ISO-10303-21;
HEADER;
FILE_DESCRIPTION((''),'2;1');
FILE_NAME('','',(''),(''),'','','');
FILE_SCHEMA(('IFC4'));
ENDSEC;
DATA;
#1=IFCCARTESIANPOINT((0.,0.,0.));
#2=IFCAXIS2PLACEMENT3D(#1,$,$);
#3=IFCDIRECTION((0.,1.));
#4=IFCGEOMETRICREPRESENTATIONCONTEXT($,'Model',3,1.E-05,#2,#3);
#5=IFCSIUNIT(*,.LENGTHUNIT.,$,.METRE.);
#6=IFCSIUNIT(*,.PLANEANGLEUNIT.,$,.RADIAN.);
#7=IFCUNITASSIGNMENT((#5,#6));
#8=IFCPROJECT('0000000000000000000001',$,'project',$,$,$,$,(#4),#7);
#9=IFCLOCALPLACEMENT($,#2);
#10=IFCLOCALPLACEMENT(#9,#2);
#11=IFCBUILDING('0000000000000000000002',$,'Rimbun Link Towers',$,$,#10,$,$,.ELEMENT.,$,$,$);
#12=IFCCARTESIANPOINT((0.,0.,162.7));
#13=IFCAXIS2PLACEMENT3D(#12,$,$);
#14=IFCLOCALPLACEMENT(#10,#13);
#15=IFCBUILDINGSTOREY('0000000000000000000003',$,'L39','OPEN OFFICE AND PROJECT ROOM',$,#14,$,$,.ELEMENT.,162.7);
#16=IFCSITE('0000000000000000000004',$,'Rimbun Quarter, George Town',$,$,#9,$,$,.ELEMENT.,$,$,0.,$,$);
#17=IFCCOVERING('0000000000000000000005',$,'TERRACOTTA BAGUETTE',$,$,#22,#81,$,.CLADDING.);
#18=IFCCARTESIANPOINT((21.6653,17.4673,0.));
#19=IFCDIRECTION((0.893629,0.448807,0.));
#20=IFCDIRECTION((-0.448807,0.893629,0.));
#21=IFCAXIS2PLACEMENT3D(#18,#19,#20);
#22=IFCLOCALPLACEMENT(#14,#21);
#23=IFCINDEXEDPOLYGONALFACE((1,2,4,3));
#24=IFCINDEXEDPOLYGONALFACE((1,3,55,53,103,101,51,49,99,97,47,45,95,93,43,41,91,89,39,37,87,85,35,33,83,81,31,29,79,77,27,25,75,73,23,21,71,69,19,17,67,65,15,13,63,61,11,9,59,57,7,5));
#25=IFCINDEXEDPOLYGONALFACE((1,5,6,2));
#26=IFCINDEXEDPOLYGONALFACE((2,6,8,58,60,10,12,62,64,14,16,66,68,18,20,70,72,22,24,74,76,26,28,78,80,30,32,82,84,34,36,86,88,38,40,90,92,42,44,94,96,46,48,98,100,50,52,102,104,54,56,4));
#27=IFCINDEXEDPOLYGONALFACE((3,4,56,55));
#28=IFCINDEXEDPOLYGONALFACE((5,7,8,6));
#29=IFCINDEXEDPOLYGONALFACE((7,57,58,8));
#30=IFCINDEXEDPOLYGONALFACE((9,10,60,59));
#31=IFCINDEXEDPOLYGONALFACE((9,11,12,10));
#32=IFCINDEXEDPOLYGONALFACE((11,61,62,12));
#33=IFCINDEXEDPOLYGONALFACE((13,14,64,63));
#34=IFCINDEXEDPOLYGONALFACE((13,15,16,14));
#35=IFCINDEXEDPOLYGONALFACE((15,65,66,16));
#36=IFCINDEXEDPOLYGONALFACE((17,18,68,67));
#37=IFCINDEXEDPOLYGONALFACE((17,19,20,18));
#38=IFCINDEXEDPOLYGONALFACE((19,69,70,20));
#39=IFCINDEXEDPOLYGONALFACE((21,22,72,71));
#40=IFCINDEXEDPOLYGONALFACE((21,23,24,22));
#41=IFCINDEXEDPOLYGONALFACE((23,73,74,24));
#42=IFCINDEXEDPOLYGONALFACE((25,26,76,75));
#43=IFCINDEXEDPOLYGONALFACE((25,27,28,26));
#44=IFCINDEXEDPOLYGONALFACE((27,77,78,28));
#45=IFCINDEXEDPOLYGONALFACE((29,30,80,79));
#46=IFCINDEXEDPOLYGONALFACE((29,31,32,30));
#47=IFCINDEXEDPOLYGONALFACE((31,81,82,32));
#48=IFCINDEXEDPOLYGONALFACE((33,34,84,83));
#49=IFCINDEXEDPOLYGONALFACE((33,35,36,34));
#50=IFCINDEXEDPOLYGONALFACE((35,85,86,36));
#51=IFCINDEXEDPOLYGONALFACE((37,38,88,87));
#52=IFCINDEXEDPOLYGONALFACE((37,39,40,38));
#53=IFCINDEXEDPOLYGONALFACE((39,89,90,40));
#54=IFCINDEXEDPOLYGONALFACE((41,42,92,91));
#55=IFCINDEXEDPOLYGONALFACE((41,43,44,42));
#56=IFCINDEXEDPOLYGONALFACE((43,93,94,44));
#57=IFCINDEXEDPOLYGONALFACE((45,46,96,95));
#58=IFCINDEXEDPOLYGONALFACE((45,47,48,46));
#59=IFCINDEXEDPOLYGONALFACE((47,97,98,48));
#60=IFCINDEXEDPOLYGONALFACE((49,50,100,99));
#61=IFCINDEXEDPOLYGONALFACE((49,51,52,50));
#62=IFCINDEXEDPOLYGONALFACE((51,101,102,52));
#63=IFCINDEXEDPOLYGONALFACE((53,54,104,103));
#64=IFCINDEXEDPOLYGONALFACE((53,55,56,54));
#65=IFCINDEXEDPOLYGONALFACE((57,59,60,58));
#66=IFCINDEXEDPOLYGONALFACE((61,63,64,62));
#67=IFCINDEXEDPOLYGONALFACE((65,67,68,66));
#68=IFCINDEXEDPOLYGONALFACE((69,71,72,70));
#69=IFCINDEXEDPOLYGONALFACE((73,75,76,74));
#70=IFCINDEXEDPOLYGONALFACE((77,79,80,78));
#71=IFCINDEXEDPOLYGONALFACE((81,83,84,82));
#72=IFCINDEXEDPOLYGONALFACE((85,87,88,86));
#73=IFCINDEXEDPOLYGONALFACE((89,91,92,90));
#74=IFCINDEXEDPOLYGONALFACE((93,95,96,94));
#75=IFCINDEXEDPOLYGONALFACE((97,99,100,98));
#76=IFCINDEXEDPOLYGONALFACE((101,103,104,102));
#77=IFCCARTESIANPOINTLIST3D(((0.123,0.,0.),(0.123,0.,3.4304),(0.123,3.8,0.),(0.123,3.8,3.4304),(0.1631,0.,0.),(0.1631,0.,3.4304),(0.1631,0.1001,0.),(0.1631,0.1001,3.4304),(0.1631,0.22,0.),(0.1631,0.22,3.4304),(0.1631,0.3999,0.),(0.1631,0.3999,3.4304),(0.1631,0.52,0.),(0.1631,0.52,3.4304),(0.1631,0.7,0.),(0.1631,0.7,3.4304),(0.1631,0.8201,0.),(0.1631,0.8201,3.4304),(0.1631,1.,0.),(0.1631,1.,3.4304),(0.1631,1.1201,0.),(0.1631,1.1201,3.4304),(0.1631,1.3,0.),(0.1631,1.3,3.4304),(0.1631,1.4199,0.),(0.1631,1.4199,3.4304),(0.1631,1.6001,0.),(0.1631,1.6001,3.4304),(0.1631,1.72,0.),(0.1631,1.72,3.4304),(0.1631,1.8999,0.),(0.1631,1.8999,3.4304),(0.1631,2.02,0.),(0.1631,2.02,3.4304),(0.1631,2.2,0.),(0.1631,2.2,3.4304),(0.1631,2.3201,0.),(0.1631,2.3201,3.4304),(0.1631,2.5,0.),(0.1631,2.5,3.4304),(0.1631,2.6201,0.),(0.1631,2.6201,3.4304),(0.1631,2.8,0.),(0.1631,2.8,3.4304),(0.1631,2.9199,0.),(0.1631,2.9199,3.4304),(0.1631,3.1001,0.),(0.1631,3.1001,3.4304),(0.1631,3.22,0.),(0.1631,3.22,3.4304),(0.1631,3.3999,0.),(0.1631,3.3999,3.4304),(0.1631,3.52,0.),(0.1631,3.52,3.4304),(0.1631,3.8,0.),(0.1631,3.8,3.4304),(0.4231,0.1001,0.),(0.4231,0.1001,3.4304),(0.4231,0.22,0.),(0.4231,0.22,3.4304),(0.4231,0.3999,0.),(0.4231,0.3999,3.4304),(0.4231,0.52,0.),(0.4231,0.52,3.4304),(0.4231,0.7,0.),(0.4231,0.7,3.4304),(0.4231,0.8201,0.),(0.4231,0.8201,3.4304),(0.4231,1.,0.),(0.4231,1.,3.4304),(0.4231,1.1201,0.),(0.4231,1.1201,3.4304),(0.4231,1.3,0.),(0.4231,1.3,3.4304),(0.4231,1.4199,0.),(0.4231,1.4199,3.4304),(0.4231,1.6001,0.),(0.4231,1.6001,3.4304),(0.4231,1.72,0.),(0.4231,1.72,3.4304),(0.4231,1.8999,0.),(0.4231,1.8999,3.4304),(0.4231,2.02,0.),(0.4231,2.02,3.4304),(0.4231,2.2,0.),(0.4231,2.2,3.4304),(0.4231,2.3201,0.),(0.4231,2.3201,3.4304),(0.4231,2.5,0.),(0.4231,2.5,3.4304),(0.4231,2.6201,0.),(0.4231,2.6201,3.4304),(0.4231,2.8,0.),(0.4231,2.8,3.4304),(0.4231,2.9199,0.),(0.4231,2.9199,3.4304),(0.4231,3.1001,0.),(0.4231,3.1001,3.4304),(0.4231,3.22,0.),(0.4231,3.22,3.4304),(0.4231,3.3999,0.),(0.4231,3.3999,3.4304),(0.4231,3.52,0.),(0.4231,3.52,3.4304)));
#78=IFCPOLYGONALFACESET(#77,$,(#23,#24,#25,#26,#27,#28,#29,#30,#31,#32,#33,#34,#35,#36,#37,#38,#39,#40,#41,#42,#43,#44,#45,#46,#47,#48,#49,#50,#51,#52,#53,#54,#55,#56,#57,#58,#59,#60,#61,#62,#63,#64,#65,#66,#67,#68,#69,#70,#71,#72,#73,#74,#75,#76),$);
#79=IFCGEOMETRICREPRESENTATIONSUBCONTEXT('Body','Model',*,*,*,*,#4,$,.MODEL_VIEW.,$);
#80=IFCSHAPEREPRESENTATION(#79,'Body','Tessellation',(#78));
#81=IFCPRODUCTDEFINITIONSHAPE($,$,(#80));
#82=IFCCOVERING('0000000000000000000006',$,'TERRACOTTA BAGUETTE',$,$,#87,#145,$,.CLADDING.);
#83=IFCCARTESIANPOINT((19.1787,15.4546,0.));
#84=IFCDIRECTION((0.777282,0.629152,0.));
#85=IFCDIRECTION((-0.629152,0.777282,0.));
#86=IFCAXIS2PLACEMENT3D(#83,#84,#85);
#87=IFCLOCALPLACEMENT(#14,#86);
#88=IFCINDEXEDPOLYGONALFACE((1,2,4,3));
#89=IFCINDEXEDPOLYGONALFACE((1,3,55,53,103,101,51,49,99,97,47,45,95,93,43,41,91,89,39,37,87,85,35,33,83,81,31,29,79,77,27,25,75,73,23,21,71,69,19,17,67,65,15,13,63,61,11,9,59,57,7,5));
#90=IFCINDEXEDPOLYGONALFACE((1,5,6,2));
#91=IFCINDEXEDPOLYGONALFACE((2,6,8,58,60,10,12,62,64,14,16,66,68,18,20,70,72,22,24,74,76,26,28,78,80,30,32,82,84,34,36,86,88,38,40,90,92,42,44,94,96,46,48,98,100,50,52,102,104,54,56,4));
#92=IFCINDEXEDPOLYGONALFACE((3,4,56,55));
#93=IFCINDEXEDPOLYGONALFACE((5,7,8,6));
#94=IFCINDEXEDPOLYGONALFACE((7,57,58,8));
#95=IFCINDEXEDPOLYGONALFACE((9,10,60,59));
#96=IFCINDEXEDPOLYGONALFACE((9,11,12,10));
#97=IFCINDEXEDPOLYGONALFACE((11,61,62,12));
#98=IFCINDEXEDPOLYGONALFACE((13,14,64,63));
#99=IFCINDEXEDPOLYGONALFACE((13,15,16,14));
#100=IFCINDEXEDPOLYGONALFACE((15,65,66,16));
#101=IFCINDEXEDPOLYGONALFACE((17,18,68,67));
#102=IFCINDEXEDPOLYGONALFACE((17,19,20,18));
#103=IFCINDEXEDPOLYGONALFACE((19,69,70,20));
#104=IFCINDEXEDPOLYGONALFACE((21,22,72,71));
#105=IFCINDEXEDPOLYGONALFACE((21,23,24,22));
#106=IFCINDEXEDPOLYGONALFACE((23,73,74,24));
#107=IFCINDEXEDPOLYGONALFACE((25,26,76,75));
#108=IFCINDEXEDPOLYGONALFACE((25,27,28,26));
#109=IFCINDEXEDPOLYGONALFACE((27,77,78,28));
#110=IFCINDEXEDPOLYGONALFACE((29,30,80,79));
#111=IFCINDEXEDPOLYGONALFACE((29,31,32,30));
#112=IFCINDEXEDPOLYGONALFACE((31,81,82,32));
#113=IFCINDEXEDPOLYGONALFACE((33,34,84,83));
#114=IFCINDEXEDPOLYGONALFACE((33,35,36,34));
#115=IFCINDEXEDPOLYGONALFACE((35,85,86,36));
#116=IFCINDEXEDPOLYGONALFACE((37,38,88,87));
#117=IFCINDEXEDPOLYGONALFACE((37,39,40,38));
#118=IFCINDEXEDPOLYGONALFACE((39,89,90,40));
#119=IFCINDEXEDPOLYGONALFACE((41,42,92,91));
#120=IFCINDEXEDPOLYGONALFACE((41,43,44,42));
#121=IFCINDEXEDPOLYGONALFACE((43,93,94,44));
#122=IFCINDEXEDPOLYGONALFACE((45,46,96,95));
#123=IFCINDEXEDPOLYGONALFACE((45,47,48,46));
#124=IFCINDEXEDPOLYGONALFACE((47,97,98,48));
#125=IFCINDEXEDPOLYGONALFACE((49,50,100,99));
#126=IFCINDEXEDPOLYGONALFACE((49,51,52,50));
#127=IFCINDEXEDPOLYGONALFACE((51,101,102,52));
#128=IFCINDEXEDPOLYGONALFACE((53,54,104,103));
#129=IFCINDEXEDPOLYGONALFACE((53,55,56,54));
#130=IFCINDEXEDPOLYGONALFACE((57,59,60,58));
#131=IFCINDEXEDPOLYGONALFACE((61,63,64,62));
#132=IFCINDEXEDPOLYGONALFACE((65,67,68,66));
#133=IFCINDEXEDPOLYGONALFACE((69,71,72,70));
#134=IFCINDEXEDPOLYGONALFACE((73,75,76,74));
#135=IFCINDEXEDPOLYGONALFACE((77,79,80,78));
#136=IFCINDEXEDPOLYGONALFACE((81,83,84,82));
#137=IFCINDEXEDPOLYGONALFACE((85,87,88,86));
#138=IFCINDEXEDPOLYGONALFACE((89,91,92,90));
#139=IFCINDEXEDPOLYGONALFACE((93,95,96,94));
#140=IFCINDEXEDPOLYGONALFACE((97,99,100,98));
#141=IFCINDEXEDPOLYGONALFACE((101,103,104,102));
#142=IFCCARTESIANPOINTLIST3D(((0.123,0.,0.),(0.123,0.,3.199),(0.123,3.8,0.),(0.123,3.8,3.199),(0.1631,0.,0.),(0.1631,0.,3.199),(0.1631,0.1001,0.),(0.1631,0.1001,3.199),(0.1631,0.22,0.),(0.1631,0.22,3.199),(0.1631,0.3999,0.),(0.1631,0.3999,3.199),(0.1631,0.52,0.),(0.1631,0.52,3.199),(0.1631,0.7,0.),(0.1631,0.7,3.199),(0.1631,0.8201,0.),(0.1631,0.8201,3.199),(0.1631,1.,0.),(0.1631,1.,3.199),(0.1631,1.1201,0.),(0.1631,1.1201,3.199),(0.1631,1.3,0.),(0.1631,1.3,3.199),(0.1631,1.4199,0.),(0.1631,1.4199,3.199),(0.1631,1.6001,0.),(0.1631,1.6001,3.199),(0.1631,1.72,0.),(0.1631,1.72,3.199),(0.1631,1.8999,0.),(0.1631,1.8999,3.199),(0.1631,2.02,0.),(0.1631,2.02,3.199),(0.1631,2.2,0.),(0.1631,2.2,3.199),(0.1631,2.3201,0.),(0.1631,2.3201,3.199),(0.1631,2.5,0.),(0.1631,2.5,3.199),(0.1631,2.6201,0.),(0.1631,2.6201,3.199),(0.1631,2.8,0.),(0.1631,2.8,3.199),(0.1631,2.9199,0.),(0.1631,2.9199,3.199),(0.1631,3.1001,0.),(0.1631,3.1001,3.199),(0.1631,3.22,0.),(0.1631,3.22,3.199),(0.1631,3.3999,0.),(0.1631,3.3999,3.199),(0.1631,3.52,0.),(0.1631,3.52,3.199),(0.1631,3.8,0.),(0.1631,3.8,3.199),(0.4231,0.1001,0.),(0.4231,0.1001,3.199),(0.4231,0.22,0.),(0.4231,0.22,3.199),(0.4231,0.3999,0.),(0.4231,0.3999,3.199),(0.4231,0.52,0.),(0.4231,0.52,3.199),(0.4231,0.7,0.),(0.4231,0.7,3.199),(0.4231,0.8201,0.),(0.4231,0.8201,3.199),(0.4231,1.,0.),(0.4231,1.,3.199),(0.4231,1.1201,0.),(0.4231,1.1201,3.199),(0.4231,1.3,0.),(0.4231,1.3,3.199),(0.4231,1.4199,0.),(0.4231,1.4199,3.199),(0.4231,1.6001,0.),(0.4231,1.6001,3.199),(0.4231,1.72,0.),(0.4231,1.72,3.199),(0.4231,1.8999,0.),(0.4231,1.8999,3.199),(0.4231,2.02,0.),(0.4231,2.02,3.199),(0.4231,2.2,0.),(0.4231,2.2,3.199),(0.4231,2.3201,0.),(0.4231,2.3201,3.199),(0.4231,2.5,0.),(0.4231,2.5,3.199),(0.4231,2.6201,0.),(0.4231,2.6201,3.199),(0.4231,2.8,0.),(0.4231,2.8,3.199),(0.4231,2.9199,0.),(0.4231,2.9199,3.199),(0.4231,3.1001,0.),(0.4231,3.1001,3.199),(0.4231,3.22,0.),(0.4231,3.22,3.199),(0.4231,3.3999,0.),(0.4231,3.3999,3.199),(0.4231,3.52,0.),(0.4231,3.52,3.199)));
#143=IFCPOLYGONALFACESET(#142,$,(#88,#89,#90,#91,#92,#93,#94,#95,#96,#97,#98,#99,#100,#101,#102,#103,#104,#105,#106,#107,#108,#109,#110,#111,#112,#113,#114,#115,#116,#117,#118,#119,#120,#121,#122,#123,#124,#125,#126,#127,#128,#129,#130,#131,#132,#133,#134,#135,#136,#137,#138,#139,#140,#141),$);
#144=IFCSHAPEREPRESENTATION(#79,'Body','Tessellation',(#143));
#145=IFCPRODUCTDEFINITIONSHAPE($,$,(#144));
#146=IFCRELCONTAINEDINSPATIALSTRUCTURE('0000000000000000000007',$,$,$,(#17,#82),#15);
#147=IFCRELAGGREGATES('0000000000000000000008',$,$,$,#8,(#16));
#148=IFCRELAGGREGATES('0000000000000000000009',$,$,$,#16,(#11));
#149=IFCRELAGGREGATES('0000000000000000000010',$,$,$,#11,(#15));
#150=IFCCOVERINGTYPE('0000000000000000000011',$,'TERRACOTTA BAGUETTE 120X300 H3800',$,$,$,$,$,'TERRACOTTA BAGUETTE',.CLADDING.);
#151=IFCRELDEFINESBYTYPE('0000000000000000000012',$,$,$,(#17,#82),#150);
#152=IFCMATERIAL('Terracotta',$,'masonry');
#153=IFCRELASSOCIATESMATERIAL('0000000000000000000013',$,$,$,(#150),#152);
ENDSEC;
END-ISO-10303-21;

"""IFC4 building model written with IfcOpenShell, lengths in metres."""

from ifc_helpers import new_model, si_unit, direction, frame, origin, place, context, subcontext, project, spatial, polyline, outline, extrude, material, material_profile, profile_set, type_object, element, save


model = new_model("IFC4")

# Units and contexts
model_context = context("Model", 3, precision=1e-05, world=origin(), true_north=direction((0.0, 1.0)))
body_context = subcontext(model_context, "Body", "Model", "MODEL_VIEW")
ifc_project = project(units=[si_unit("LENGTHUNIT", "METRE"), si_unit("PLANEANGLEUNIT", "RADIAN")], contexts=[model_context])

# Site, building, storey
site_placement = place(None, origin())
site = spatial("IfcSite", under=ifc_project, at=site_placement, Name="Rimbun Quarter, George Town", CompositionType="ELEMENT", RefElevation=0.0)
building_placement = place(site_placement, origin())
building = spatial("IfcBuilding", under=site, at=building_placement, Name="Rimbun Link Towers", CompositionType="ELEMENT")
storey_placement = place(building_placement, frame((0.0, 0.0, 162.7)))
storey = spatial("IfcBuildingStorey", under=building, at=storey_placement, Name="L39", Description="OPEN OFFICE AND PROJECT ROOM", CompositionType="ELEMENT", Elevation=162.7)

# Coverings
ifc_material_1 = material(Name="Terracotta", Category="masonry")
ifc_material_profile_1 = material_profile(ifc_material_1, outline(polyline([(0.123, 0.0), (0.1631, 0.0), (0.1631, 0.1001), (0.4231, 0.1001), (0.4231, 0.22), (0.1631, 0.22), (0.1631, 0.3999), (0.4231, 0.3999), (0.4231, 0.52), (0.1631, 0.52), (0.1631, 0.7), (0.4231, 0.7), (0.4231, 0.8201), (0.1631, 0.8201), (0.1631, 1.0), (0.4231, 1.0), (0.4231, 1.1201), (0.1631, 1.1201), (0.1631, 1.3), (0.4231, 1.3), (0.4231, 1.4199), (0.1631, 1.4199), (0.1631, 1.6001), (0.4231, 1.6001), (0.4231, 1.72), (0.1631, 1.72), (0.1631, 1.8999), (0.4231, 1.8999), (0.4231, 2.02), (0.1631, 2.02), (0.1631, 2.2), (0.4231, 2.2), (0.4231, 2.3201), (0.1631, 2.3201), (0.1631, 2.5), (0.4231, 2.5), (0.4231, 2.6201), (0.1631, 2.6201), (0.1631, 2.8), (0.4231, 2.8), (0.4231, 2.9199), (0.1631, 2.9199), (0.1631, 3.1001), (0.4231, 3.1001), (0.4231, 3.22), (0.1631, 3.22), (0.1631, 3.3999), (0.4231, 3.3999), (0.4231, 3.52), (0.1631, 3.52), (0.1631, 3.8), (0.123, 3.8), (0.123, 0.0)])), Name="BAGUETTE 120X300")
ifc_profile_set_1 = profile_set([ifc_material_profile_1], Name="Terracotta")
covering_type = type_object("IfcCoveringType", Name="TERRACOTTA BAGUETTE 120X300 H3800", ElementType="TERRACOTTA BAGUETTE", PredefinedType="CLADDING", material=ifc_profile_set_1)
covering_1_placement = place(storey_placement, frame((21.6653, 17.4673, 0.0), z_axis=(0.893629, 0.448807, 0.0), x_axis=(-0.448807, 0.893629, 0.0)))
element("IfcCovering", 1, at=covering_1_placement, inside=storey, type_object=covering_type, Name="TERRACOTTA BAGUETTE", PredefinedType="CLADDING", context=body_context, shape_type="SweptSolid", body=[
    extrude(outline(polyline([(0.123, 0.0), (0.1631, 0.0), (0.1631, 0.1001), (0.4231, 0.1001), (0.4231, 0.22), (0.1631, 0.22), (0.1631, 0.3999), (0.4231, 0.3999), (0.4231, 0.52), (0.1631, 0.52), (0.1631, 0.7), (0.4231, 0.7), (0.4231, 0.8201), (0.1631, 0.8201), (0.1631, 1.0), (0.4231, 1.0), (0.4231, 1.1201), (0.1631, 1.1201), (0.1631, 1.3), (0.4231, 1.3), (0.4231, 1.4199), (0.1631, 1.4199), (0.1631, 1.6001), (0.4231, 1.6001), (0.4231, 1.72), (0.1631, 1.72), (0.1631, 1.8999), (0.4231, 1.8999), (0.4231, 2.02), (0.1631, 2.02), (0.1631, 2.2), (0.4231, 2.2), (0.4231, 2.3201), (0.1631, 2.3201), (0.1631, 2.5), (0.4231, 2.5), (0.4231, 2.6201), (0.1631, 2.6201), (0.1631, 2.8), (0.4231, 2.8), (0.4231, 2.9199), (0.1631, 2.9199), (0.1631, 3.1001), (0.4231, 3.1001), (0.4231, 3.22), (0.1631, 3.22), (0.1631, 3.3999), (0.4231, 3.3999), (0.4231, 3.52), (0.1631, 3.52), (0.1631, 3.8), (0.123, 3.8), (0.123, 0.0)])), origin(), (0.0, 0.0, 1.0), 3.4304),
])
covering_2_placement = place(storey_placement, frame((19.1787, 15.4546, 0.0), z_axis=(0.777282, 0.629152, 0.0), x_axis=(-0.629152, 0.777282, 0.0)))
element("IfcCovering", 2, at=covering_2_placement, inside=storey, type_object=covering_type, Name="TERRACOTTA BAGUETTE", PredefinedType="CLADDING", context=body_context, shape_type="SweptSolid", body=[
    extrude(outline(polyline([(0.123, 0.0), (0.1631, 0.0), (0.1631, 0.1001), (0.4231, 0.1001), (0.4231, 0.22), (0.1631, 0.22), (0.1631, 0.3999), (0.4231, 0.3999), (0.4231, 0.52), (0.1631, 0.52), (0.1631, 0.7), (0.4231, 0.7), (0.4231, 0.8201), (0.1631, 0.8201), (0.1631, 1.0), (0.4231, 1.0), (0.4231, 1.1201), (0.1631, 1.1201), (0.1631, 1.3), (0.4231, 1.3), (0.4231, 1.4199), (0.1631, 1.4199), (0.1631, 1.6001), (0.4231, 1.6001), (0.4231, 1.72), (0.1631, 1.72), (0.1631, 1.8999), (0.4231, 1.8999), (0.4231, 2.02), (0.1631, 2.02), (0.1631, 2.2), (0.4231, 2.2), (0.4231, 2.3201), (0.1631, 2.3201), (0.1631, 2.5), (0.4231, 2.5), (0.4231, 2.6201), (0.1631, 2.6201), (0.1631, 2.8), (0.4231, 2.8), (0.4231, 2.9199), (0.1631, 2.9199), (0.1631, 3.1001), (0.4231, 3.1001), (0.4231, 3.22), (0.1631, 3.22), (0.1631, 3.3999), (0.4231, 3.3999), (0.4231, 3.52), (0.1631, 3.52), (0.1631, 3.8), (0.123, 3.8), (0.123, 0.0)])), origin(), (0.0, 0.0, 1.0), 3.199),
])

save(model, "model.ifc")
